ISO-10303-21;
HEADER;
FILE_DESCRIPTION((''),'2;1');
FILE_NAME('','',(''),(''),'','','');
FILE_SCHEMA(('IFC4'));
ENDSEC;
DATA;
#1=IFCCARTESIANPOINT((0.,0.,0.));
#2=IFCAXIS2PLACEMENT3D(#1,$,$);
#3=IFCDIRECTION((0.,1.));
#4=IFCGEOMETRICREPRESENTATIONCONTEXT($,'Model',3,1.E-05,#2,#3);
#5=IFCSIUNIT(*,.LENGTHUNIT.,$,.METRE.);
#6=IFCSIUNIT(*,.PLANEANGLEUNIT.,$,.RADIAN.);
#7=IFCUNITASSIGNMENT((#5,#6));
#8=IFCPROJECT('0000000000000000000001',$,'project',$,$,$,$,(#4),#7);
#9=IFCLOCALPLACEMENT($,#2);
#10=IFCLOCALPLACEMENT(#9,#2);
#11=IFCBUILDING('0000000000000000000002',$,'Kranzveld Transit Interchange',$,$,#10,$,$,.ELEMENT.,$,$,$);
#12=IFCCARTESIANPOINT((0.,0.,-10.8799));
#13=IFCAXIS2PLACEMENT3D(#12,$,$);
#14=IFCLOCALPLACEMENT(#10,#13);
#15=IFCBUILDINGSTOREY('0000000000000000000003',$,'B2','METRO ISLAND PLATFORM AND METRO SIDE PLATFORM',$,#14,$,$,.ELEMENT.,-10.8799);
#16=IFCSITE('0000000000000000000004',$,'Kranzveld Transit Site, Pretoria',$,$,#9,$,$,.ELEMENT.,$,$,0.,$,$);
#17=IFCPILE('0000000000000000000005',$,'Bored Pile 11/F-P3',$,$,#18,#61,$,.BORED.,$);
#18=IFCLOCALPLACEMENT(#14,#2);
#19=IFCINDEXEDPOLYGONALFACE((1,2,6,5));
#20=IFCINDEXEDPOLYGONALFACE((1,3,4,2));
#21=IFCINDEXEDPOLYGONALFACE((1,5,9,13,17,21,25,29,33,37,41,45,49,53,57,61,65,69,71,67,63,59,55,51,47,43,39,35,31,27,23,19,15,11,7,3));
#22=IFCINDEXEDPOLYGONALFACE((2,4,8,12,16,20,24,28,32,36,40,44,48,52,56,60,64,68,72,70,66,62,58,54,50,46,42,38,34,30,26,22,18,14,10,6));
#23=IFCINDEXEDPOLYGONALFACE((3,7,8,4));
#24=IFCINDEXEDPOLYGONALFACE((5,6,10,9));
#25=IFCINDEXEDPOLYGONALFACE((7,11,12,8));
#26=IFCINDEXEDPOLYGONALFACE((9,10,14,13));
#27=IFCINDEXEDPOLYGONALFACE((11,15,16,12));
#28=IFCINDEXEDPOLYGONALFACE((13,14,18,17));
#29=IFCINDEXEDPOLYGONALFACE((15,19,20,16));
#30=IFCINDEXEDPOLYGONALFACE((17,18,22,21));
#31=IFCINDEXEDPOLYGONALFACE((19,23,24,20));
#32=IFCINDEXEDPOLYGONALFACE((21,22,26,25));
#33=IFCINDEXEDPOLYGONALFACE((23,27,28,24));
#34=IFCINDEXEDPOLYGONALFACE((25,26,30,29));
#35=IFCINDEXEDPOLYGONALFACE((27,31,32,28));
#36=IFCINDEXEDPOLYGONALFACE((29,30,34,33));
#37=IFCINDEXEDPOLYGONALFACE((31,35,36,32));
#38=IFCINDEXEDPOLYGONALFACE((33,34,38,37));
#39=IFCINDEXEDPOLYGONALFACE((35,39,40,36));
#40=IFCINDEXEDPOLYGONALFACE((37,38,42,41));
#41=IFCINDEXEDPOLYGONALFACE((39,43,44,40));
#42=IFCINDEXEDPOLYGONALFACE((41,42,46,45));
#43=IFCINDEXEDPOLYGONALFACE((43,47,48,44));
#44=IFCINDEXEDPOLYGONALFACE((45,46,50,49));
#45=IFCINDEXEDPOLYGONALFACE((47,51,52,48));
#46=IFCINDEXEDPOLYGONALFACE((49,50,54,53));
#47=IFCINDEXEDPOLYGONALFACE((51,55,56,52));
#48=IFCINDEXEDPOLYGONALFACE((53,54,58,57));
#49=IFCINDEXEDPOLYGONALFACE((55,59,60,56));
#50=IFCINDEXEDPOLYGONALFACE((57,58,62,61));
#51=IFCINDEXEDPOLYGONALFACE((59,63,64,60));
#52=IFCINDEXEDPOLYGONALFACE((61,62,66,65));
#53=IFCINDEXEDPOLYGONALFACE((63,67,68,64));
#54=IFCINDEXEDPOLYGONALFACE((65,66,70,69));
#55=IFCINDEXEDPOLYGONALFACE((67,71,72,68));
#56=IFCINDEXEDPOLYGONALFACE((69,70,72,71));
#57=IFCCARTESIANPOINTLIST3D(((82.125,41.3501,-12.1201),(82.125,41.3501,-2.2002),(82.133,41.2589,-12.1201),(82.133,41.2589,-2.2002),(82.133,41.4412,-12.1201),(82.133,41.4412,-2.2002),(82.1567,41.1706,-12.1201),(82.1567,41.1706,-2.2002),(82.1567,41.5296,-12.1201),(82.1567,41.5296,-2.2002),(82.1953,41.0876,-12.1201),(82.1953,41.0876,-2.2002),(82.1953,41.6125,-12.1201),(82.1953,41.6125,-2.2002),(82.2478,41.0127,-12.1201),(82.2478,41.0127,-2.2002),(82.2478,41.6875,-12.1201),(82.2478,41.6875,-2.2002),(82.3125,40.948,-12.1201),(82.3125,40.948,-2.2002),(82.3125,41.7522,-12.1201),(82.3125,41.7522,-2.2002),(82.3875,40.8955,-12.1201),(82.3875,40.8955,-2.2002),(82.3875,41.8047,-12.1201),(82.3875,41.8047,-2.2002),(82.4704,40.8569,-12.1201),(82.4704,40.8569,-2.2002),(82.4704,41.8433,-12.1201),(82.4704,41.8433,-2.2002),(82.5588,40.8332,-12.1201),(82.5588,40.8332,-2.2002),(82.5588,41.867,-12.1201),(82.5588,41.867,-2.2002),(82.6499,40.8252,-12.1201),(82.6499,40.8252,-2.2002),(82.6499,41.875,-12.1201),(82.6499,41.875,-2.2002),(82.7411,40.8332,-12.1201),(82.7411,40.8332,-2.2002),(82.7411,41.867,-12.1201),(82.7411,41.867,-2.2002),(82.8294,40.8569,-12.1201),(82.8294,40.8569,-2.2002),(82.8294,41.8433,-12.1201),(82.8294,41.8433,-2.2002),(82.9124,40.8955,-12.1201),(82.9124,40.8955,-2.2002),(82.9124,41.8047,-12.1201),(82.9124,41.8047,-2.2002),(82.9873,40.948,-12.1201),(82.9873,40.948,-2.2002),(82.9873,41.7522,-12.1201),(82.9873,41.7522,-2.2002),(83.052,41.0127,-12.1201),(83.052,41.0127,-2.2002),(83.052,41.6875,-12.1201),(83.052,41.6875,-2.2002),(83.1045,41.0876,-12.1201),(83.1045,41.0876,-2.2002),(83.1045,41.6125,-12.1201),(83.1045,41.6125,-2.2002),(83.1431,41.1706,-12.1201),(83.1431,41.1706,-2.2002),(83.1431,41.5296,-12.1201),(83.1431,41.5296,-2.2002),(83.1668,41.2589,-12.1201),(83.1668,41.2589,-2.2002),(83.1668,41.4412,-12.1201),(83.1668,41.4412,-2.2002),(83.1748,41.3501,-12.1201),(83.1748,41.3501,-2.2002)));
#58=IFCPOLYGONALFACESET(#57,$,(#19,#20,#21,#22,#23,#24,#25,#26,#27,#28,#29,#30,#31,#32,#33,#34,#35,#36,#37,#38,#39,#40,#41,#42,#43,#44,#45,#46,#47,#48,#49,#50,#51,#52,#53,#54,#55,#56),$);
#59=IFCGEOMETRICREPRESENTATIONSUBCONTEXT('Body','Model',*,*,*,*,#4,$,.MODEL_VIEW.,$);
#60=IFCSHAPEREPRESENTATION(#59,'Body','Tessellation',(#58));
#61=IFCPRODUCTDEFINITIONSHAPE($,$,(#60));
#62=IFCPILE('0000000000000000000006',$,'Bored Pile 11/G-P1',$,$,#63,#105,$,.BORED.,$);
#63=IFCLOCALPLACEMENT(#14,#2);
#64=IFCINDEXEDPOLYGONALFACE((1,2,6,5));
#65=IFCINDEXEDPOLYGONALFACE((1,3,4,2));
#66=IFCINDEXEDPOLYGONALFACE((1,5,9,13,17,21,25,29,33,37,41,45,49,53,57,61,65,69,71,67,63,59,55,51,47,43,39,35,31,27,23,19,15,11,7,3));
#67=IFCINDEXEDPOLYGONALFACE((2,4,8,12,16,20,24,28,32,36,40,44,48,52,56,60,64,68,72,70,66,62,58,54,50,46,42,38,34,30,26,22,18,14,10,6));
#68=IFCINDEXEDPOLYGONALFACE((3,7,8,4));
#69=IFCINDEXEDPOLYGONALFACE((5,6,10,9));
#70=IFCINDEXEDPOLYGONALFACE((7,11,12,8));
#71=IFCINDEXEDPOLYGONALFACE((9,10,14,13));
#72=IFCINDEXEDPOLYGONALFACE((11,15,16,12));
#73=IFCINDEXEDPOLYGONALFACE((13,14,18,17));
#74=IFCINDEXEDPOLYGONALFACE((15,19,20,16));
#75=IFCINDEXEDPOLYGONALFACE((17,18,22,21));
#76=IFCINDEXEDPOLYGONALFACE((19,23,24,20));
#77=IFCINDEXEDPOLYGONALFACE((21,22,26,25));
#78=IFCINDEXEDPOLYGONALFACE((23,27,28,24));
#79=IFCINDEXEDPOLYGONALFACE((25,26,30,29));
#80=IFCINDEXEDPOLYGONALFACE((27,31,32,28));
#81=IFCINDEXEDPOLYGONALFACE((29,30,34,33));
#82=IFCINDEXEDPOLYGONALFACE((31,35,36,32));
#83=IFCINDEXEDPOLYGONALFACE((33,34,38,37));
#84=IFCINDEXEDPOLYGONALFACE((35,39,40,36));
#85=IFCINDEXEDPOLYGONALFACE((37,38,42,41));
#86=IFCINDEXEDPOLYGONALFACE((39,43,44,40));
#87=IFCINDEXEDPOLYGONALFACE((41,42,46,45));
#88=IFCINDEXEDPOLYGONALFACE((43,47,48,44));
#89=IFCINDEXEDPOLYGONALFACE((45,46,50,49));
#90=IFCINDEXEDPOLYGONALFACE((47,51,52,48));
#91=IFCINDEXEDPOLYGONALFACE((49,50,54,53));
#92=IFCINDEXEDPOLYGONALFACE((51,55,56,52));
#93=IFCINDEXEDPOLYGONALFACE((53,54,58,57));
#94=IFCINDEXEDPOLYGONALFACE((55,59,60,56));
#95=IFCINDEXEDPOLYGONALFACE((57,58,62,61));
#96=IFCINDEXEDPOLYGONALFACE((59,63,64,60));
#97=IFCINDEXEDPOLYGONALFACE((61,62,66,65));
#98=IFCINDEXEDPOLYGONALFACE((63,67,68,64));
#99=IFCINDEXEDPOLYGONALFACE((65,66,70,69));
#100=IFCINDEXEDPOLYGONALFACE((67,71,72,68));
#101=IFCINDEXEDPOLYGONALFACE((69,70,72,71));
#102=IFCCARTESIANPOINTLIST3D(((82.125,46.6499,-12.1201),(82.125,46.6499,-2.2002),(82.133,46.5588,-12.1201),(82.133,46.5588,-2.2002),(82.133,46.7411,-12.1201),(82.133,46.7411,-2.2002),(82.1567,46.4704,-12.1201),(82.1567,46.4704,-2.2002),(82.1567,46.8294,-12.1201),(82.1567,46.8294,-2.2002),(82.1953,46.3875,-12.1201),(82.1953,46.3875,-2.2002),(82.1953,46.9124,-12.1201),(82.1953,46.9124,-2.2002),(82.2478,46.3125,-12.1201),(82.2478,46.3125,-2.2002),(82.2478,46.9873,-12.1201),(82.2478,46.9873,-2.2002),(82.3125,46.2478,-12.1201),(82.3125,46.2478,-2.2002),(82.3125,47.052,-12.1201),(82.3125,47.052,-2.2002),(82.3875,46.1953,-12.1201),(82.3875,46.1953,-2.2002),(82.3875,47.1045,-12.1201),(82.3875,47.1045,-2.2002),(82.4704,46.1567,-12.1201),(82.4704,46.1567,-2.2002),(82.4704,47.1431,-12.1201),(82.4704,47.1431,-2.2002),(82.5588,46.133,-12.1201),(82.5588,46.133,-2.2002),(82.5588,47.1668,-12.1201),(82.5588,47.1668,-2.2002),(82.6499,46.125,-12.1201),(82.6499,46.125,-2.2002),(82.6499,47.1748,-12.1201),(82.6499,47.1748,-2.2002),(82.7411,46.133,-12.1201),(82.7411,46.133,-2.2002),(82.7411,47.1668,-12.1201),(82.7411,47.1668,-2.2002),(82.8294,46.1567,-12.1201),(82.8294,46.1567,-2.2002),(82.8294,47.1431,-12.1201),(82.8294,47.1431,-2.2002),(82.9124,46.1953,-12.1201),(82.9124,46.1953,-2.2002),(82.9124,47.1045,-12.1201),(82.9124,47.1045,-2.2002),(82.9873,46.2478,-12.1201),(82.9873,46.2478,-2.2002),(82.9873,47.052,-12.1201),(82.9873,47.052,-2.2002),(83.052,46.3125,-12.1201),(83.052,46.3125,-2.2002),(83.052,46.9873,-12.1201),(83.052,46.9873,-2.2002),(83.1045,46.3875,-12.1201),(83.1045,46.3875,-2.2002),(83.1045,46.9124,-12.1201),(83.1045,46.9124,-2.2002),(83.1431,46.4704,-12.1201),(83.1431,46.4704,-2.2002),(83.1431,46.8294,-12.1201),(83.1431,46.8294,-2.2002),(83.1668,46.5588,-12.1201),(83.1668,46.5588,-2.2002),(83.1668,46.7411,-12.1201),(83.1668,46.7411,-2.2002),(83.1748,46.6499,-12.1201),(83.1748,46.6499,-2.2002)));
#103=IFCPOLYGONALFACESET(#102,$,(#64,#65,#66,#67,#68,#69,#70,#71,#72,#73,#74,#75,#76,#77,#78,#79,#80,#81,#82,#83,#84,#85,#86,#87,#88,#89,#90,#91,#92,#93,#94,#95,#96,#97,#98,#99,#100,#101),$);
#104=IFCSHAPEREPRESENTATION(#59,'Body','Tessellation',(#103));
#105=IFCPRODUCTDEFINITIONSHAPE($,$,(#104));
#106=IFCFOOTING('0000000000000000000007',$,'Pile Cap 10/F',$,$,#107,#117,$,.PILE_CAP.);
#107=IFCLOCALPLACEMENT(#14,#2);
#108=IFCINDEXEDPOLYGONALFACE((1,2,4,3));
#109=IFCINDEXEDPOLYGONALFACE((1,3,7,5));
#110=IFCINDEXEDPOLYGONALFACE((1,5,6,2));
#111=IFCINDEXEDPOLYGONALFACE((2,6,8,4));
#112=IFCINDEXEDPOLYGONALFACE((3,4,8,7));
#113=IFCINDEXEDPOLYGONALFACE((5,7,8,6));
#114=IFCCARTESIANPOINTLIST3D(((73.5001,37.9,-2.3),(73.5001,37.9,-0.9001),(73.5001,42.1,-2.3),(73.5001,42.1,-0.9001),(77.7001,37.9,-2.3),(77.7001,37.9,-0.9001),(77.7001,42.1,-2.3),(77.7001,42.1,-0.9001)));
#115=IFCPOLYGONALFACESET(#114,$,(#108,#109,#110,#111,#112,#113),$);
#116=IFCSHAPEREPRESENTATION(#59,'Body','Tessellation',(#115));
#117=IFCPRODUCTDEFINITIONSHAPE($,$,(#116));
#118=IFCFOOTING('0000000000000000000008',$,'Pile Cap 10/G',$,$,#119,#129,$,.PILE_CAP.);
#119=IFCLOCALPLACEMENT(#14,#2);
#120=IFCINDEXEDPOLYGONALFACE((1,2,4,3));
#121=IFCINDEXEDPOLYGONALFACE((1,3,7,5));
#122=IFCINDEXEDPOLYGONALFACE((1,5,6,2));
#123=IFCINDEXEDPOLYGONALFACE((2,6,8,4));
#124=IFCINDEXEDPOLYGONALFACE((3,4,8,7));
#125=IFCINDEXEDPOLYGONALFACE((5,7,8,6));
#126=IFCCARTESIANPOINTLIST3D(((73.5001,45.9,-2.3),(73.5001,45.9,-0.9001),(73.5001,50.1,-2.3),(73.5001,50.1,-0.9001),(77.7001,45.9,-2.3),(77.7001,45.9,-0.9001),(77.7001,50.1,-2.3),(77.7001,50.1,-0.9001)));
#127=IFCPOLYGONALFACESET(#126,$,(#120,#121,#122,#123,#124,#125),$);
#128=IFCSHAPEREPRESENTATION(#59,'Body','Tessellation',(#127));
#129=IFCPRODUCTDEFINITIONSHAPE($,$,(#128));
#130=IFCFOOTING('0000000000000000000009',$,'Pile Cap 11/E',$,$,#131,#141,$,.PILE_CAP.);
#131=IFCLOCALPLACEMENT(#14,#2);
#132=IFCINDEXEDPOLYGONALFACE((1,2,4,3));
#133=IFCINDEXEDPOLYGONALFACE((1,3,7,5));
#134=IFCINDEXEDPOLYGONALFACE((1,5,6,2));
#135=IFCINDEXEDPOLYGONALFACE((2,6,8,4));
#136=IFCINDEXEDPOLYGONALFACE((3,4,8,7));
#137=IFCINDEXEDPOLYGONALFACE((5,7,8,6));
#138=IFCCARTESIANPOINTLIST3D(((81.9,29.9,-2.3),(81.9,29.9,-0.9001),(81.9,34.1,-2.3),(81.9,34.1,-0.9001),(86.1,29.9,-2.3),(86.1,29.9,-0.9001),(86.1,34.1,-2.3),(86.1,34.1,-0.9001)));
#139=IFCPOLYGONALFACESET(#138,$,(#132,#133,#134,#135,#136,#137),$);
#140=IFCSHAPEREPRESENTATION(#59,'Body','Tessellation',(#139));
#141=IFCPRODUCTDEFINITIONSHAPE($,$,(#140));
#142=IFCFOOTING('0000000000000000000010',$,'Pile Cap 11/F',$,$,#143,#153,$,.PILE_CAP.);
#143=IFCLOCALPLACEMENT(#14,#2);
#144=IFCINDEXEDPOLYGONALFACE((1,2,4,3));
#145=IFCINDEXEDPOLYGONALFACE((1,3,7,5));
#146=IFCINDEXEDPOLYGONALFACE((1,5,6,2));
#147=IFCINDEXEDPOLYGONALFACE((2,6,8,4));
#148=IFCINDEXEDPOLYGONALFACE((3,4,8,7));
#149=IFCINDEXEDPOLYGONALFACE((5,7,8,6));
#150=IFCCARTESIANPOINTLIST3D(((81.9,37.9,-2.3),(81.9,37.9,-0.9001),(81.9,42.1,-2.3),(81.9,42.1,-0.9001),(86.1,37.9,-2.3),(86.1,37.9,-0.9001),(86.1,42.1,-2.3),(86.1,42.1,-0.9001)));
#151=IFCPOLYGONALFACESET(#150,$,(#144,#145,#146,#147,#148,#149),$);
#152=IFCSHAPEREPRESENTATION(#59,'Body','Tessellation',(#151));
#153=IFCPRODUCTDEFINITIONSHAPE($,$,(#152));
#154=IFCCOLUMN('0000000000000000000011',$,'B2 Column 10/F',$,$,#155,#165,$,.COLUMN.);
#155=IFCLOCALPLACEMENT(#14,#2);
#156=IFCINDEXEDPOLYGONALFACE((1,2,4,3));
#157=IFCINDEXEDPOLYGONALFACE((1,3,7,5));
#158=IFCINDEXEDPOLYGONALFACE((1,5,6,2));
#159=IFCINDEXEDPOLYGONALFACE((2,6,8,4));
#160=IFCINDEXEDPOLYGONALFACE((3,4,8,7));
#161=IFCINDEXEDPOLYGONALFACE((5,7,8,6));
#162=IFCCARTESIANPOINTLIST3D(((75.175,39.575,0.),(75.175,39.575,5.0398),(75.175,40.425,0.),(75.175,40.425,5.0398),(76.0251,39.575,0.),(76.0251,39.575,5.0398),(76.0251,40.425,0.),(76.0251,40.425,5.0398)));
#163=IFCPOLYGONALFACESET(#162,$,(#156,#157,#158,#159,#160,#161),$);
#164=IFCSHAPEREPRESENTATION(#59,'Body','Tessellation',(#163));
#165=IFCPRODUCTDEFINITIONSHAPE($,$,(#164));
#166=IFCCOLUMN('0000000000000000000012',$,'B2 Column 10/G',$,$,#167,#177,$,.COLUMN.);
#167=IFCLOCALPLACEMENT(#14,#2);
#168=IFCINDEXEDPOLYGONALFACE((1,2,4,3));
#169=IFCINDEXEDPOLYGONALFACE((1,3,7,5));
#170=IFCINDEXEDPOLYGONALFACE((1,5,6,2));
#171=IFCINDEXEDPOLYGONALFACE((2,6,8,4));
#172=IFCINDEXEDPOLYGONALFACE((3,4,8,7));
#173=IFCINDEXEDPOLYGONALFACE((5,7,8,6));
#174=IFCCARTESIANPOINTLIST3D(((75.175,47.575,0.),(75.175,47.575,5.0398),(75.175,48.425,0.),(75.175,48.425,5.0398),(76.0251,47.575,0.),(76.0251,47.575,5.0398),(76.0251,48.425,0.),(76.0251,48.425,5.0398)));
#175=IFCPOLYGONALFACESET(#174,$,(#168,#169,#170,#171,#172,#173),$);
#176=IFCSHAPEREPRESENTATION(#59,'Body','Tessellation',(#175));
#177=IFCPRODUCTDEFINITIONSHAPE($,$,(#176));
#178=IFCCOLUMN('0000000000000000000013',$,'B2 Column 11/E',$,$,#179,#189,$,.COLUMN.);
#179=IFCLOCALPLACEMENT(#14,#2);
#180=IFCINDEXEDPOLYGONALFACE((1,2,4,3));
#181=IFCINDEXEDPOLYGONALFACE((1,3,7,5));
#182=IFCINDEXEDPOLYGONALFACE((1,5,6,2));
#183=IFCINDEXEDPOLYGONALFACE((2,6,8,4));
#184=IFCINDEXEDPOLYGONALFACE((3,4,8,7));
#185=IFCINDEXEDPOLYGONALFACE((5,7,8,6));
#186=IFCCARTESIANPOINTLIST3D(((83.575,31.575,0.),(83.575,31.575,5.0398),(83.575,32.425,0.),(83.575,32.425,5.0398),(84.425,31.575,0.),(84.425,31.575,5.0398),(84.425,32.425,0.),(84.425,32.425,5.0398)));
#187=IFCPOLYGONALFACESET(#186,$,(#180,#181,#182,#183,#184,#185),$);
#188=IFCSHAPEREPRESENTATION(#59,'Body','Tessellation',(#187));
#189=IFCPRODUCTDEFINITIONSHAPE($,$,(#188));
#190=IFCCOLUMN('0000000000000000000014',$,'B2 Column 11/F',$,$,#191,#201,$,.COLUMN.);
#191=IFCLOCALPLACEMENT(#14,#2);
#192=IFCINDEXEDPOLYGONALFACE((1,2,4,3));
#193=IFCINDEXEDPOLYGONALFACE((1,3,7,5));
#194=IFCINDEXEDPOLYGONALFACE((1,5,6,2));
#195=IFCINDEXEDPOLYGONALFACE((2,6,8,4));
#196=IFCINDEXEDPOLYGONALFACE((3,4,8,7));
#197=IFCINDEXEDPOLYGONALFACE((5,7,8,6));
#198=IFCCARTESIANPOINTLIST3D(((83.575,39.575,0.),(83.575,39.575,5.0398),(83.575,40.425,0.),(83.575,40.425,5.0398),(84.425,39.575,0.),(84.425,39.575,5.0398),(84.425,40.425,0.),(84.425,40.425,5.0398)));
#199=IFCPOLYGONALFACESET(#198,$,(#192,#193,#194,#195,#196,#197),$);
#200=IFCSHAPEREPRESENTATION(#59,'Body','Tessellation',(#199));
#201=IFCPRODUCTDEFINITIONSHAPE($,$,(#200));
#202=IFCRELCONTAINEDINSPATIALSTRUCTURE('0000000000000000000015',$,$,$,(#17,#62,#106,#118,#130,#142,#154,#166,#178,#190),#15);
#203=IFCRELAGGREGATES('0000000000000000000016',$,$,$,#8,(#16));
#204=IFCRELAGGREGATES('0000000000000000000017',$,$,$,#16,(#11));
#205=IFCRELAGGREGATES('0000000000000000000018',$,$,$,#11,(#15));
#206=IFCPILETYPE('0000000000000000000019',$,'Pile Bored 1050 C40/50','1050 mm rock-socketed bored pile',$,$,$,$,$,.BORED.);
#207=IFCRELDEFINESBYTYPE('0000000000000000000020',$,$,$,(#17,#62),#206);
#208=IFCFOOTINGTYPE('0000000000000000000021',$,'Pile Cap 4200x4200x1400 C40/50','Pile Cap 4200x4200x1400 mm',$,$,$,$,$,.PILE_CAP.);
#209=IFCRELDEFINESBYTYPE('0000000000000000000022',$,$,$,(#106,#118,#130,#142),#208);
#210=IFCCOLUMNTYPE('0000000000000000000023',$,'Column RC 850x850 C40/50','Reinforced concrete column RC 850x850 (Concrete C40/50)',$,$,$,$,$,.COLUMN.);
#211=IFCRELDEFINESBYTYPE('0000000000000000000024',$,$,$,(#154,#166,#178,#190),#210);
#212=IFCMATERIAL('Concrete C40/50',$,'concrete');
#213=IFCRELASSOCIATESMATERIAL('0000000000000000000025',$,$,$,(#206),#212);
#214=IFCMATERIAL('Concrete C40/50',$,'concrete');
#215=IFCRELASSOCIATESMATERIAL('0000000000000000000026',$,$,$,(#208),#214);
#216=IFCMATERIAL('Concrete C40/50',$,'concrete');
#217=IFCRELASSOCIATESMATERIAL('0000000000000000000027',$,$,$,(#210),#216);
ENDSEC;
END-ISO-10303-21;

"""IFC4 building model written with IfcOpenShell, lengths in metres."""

from ifc_helpers import new_model, si_unit, direction, frame, origin, origin_2d, place, context, subcontext, project, spatial, rectangle, circle, extrude, material, material_profile, profile_set, type_object, element, save


model = new_model("IFC4")

# Units and contexts
model_context = context("Model", 3, precision=1e-05, world=origin(), true_north=direction((0.0, 1.0)))
body_context = subcontext(model_context, "Body", "Model", "MODEL_VIEW")
ifc_project = project(units=[si_unit("LENGTHUNIT", "METRE"), si_unit("PLANEANGLEUNIT", "RADIAN")], contexts=[model_context])

# Site, building, storey
site_placement = place(None, origin())
site = spatial("IfcSite", under=ifc_project, at=site_placement, Name="Kranzveld Transit Site, Pretoria", CompositionType="ELEMENT", RefElevation=0.0)
building_placement = place(site_placement, origin())
building = spatial("IfcBuilding", under=site, at=building_placement, Name="Kranzveld Transit Interchange", CompositionType="ELEMENT")
storey_placement = place(building_placement, frame((0.0, 0.0, -10.8799)))
storey = spatial("IfcBuildingStorey", under=building, at=storey_placement, Name="B2", Description="METRO ISLAND PLATFORM AND METRO SIDE PLATFORM", CompositionType="ELEMENT", Elevation=-10.8799)

# Piles
ifc_material_1 = material(Name="Concrete C40/50", Category="concrete")
ifc_material_profile_1 = material_profile(ifc_material_1, circle(Radius=0.5249, at=origin_2d()), Name="BORED PILE 1050")
ifc_profile_set_1 = profile_set([ifc_material_profile_1], Name="Concrete C40/50")
pile_type = type_object("IfcPileType", Name="Pile Bored 1050 C40/50", Description="1050 mm rock-socketed bored pile", PredefinedType="BORED", material=ifc_profile_set_1)
for number, where, z_axis, x_axis, name in (
    (1, (82.6499, 41.3501, -2.2002), (0.0, 0.0, -1.0), (1.0, 0.0, 0.0), "Bored Pile 11/F-P3"),
    (2, (82.6499, 46.6499, -2.2002), (0.0, 0.0, -1.0), (1.0, 0.0, 0.0), "Bored Pile 11/G-P1"),
):
    element("IfcPile", number, at=place(storey_placement, frame(where, z_axis=z_axis, x_axis=x_axis)), inside=storey, type_object=pile_type, Name=name, PredefinedType="BORED", context=body_context, shape_type="SweptSolid", body=[
        extrude(circle(Radius=0.5249, at=origin_2d()), origin(), (0.0, 0.0, 1.0), 9.9199),
    ])

# Footings
ifc_material_2 = material(Name="Concrete C40/50", Category="concrete")
footing_type = type_object("IfcFootingType", Name="Pile Cap 4200x4200x1400 C40/50", Description="Pile Cap 4200x4200x1400 mm", PredefinedType="PILE_CAP", material=ifc_material_2)
for number, where, z_axis, x_axis, name in (
    (3, (75.6001, 40.0, -2.3), (0.0, 0.0, 1.0), (1.0, 0.0, 0.0), "Pile Cap 10/F"),
    (4, (75.6001, 48.0, -2.3), (0.0, 0.0, 1.0), (1.0, 0.0, 0.0), "Pile Cap 10/G"),
    (5, (84.0, 32.0, -2.3), (0.0, 0.0, 1.0), (1.0, 0.0, 0.0), "Pile Cap 11/E"),
    (6, (84.0, 40.0, -2.3), (0.0, 0.0, 1.0), (1.0, 0.0, 0.0), "Pile Cap 11/F"),
):
    element("IfcFooting", number, at=place(storey_placement, frame(where, z_axis=z_axis, x_axis=x_axis)), inside=storey, type_object=footing_type, Name=name, PredefinedType="PILE_CAP", context=body_context, shape_type="SweptSolid", body=[
        extrude(rectangle(XDim=4.2, YDim=4.2, at=origin_2d()), origin(), (0.0, 0.0, 1.0), 1.3999),
    ])

# Columns
ifc_material_3 = material(Name="Concrete C40/50", Category="concrete")
ifc_material_profile_2 = material_profile(ifc_material_3, rectangle(XDim=0.8501, YDim=0.8501, at=origin_2d()), Name="RC 850x850")
ifc_profile_set_2 = profile_set([ifc_material_profile_2], Name="Concrete C40/50")
column_type = type_object("IfcColumnType", Name="Column RC 850x850 C40/50", Description="Reinforced concrete column RC 850x850 (Concrete C40/50)", PredefinedType="COLUMN", material=ifc_profile_set_2)
for number, where, z_axis, x_axis, name in (
    (7, (75.6001, 40.0, 0.0), (0.0, 0.0, 1.0), (1.0, 0.0, 0.0), "B2 Column 10/F"),
    (8, (75.6001, 48.0, 0.0), (0.0, 0.0, 1.0), (1.0, 0.0, 0.0), "B2 Column 10/G"),
    (9, (84.0, 32.0, 0.0), (0.0, 0.0, 1.0), (1.0, 0.0, 0.0), "B2 Column 11/E"),
    (10, (84.0, 40.0, 0.0), (0.0, 0.0, 1.0), (1.0, 0.0, 0.0), "B2 Column 11/F"),
):
    element("IfcColumn", number, at=place(storey_placement, frame(where, z_axis=z_axis, x_axis=x_axis)), inside=storey, type_object=column_type, Name=name, PredefinedType="COLUMN", context=body_context, shape_type="SweptSolid", body=[
        extrude(rectangle(XDim=0.8501, YDim=0.8501, at=origin_2d()), origin(), (0.0, 0.0, 1.0), 5.0398),
    ])

save(model, "model.ifc")
